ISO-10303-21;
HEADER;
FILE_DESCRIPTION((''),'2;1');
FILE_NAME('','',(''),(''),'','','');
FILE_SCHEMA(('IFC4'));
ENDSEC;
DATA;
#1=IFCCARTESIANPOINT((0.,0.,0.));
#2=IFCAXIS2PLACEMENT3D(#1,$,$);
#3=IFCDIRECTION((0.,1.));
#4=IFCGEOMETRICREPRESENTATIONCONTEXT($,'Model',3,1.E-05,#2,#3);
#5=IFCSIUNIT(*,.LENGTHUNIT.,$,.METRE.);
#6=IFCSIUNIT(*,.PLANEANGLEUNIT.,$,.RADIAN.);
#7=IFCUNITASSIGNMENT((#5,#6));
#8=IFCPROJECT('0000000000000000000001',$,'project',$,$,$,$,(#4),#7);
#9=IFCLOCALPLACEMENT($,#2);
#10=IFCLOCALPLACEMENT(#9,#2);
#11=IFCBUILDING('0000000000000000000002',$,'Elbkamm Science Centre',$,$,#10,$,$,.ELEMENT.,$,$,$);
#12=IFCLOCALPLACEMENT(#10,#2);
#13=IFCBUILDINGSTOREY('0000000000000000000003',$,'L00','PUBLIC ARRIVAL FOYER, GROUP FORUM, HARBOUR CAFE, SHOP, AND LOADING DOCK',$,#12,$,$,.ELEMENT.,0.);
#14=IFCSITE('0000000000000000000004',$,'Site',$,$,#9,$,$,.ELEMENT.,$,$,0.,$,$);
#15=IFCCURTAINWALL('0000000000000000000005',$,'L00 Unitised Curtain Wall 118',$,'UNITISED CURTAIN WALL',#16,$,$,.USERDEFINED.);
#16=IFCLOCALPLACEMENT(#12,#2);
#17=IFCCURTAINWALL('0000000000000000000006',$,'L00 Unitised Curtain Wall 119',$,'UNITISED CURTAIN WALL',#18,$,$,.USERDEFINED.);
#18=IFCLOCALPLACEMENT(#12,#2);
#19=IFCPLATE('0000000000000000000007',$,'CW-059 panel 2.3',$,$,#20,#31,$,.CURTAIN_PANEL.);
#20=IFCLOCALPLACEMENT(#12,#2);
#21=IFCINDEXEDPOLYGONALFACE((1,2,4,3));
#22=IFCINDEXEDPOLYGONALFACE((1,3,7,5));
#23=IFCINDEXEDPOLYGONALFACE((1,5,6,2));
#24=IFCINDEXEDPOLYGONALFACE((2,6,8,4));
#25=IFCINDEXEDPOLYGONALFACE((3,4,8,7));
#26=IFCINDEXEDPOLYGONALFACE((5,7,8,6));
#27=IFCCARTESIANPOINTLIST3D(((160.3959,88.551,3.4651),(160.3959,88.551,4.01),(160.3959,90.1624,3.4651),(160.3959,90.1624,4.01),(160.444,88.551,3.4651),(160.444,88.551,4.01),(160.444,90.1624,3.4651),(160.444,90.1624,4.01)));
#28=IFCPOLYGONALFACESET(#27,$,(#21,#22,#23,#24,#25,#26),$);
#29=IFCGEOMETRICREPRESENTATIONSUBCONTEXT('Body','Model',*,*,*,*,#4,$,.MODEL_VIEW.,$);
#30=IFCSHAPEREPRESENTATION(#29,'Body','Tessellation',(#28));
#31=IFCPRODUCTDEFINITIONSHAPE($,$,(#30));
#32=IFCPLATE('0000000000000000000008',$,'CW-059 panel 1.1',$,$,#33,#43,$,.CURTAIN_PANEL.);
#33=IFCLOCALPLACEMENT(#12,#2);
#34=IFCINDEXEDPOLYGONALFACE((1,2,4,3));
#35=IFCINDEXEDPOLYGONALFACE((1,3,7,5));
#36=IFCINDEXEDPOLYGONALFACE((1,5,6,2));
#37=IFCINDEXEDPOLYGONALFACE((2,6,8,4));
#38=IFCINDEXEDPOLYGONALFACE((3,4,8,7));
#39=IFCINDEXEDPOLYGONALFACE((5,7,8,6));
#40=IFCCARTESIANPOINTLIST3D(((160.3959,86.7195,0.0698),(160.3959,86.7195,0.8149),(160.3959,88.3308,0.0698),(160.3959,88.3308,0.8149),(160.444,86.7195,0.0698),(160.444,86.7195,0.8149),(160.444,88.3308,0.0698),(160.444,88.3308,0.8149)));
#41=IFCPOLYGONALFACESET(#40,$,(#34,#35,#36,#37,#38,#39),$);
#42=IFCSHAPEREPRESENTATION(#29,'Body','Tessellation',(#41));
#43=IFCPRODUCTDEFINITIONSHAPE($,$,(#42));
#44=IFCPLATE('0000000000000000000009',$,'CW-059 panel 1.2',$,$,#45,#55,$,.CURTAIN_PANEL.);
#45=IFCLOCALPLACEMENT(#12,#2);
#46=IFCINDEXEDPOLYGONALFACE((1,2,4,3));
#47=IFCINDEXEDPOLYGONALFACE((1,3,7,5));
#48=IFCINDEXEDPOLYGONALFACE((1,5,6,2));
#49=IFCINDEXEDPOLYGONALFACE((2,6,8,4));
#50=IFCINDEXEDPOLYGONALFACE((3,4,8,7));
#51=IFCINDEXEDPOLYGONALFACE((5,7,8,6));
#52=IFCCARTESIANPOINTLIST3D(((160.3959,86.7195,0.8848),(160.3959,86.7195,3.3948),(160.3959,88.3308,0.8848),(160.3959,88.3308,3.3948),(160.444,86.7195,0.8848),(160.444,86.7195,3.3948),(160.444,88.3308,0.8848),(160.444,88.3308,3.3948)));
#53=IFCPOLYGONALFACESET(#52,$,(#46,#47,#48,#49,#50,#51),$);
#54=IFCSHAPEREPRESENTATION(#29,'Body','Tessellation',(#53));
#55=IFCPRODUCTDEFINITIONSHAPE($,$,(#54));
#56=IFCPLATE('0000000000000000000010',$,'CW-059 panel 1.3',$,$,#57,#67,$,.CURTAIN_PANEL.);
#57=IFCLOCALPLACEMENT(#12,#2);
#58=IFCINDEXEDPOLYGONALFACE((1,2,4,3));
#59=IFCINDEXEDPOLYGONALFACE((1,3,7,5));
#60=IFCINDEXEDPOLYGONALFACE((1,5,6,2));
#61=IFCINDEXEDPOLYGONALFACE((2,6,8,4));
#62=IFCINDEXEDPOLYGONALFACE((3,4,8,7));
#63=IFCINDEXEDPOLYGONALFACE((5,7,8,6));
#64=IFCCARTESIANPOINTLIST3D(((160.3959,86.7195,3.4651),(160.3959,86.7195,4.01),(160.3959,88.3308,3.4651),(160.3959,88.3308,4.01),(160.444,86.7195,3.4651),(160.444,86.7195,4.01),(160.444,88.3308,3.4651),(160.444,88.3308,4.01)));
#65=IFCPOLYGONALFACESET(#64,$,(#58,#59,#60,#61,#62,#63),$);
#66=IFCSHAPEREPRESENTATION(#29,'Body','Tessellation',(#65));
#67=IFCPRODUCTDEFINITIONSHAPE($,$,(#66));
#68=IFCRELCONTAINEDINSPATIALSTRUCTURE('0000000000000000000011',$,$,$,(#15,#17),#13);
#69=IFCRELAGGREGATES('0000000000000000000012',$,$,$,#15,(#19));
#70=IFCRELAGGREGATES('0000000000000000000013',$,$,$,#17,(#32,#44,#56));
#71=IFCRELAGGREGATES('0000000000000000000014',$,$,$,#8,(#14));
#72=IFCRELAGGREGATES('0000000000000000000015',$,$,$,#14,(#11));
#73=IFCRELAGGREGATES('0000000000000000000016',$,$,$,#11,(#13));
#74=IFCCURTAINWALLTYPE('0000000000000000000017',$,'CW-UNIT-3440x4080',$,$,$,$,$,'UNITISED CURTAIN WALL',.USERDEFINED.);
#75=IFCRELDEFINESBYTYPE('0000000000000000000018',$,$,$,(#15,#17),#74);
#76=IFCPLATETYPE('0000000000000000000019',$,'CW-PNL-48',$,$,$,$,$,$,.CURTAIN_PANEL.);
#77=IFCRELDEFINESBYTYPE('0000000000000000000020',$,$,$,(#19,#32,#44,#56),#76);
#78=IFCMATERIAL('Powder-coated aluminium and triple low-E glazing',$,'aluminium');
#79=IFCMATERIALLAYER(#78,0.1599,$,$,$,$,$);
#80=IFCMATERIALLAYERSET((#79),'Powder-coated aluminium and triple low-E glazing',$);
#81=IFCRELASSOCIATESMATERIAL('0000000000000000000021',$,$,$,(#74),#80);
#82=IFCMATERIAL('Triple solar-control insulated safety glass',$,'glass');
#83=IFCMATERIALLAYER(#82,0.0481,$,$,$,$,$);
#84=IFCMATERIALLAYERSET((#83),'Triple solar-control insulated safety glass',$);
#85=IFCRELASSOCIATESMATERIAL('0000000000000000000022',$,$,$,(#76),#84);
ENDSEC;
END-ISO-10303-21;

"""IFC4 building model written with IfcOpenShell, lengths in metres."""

from ifc_helpers import new_model, si_unit, direction, frame, origin, origin_2d, place, context, subcontext, project, spatial, rectangle, extrude, material, layer, layer_set, type_object, element, aggregate, save


model = new_model("IFC4")

# Units and contexts
model_context = context("Model", 3, precision=1e-05, world=origin(), true_north=direction((0.0, 1.0)))
body_context = subcontext(model_context, "Body", "Model", "MODEL_VIEW")
ifc_project = project(units=[si_unit("LENGTHUNIT", "METRE"), si_unit("PLANEANGLEUNIT", "RADIAN")], contexts=[model_context])

# Site, building, storey
site_placement = place(None, origin())
site = spatial("IfcSite", under=ifc_project, at=site_placement, Name="Site", CompositionType="ELEMENT", RefElevation=0.0)
building_placement = place(site_placement, origin())
building = spatial("IfcBuilding", under=site, at=building_placement, Name="Elbkamm Science Centre", CompositionType="ELEMENT")
storey_placement = place(building_placement, origin())
storey = spatial("IfcBuildingStorey", under=building, at=storey_placement, Name="L00", Description="PUBLIC ARRIVAL FOYER, GROUP FORUM, HARBOUR CAFE, SHOP, AND LOADING DOCK", CompositionType="ELEMENT", Elevation=0.0)

# Curtain walls
ifc_material_1 = material(Name="Powder-coated aluminium and triple low-E glazing", Category="aluminium")
ifc_layer_1 = layer(ifc_material_1, 0.1599)
ifc_layer_set_1 = layer_set([ifc_layer_1], Name="Powder-coated aluminium and triple low-E glazing")
curtain_wall_type = type_object("IfcCurtainWallType", Name="CW-UNIT-3440x4080", ElementType="UNITISED CURTAIN WALL", PredefinedType="USERDEFINED", material=ifc_layer_set_1)
curtain_wall_1_placement = place(storey_placement, origin())
curtain_wall_1 = element("IfcCurtainWall", 1, at=curtain_wall_1_placement, inside=storey, type_object=curtain_wall_type, Name="L00 Unitised Curtain Wall 118", ObjectType="UNITISED CURTAIN WALL", PredefinedType="USERDEFINED")
curtain_wall_2_placement = place(storey_placement, origin())
curtain_wall_2 = element("IfcCurtainWall", 2, at=curtain_wall_2_placement, inside=storey, type_object=curtain_wall_type, Name="L00 Unitised Curtain Wall 119", ObjectType="UNITISED CURTAIN WALL", PredefinedType="USERDEFINED")

# Plates
ifc_material_2 = material(Name="Triple solar-control insulated safety glass", Category="glass")
ifc_layer_2 = layer(ifc_material_2, 0.0481)
ifc_layer_set_2 = layer_set([ifc_layer_2], Name="Triple solar-control insulated safety glass")
plate_type = type_object("IfcPlateType", Name="CW-PNL-48", PredefinedType="CURTAIN_PANEL", material=ifc_layer_set_2)
plate_1_placement = place(storey_placement, frame((160.4199, 89.3567, 3.4651), z_axis=(0.0, 0.0, 1.0), x_axis=(0.0, -1.0, 0.0)))
plate_1 = element("IfcPlate", 3, at=plate_1_placement, type_object=plate_type, Name="CW-059 panel 2.3", PredefinedType="CURTAIN_PANEL", context=body_context, shape_type="SweptSolid", body=[
    extrude(rectangle(XDim=1.6113, YDim=0.0481, at=origin_2d()), origin(), (0.0, 0.0, 1.0), 0.5449),
])
aggregate(curtain_wall_1, [plate_1])
plate_2_placement = place(storey_placement, frame((160.4199, 87.5251, 0.0698), z_axis=(0.0, 0.0, 1.0), x_axis=(0.0, -1.0, 0.0)))
plate_2 = element("IfcPlate", 4, at=plate_2_placement, type_object=plate_type, Name="CW-059 panel 1.1", PredefinedType="CURTAIN_PANEL", context=body_context, shape_type="SweptSolid", body=[
    extrude(rectangle(XDim=1.6113, YDim=0.0481, at=origin_2d()), origin(), (0.0, 0.0, 1.0), 0.7451),
])
plate_3_placement = place(storey_placement, frame((160.4199, 87.5251, 0.8848), z_axis=(0.0, 0.0, 1.0), x_axis=(0.0, -1.0, 0.0)))
plate_3 = element("IfcPlate", 5, at=plate_3_placement, type_object=plate_type, Name="CW-059 panel 1.2", PredefinedType="CURTAIN_PANEL", context=body_context, shape_type="SweptSolid", body=[
    extrude(rectangle(XDim=1.6113, YDim=0.0481, at=origin_2d()), origin(), (0.0, 0.0, 1.0), 2.51),
])
plate_4_placement = place(storey_placement, frame((160.4199, 87.5251, 3.4651), z_axis=(0.0, 0.0, 1.0), x_axis=(0.0, -1.0, 0.0)))
plate_4 = element("IfcPlate", 6, at=plate_4_placement, type_object=plate_type, Name="CW-059 panel 1.3", PredefinedType="CURTAIN_PANEL", context=body_context, shape_type="SweptSolid", body=[
    extrude(rectangle(XDim=1.6113, YDim=0.0481, at=origin_2d()), origin(), (0.0, 0.0, 1.0), 0.5449),
])
aggregate(curtain_wall_2, [plate_2, plate_3, plate_4])

save(model, "model.ifc")
